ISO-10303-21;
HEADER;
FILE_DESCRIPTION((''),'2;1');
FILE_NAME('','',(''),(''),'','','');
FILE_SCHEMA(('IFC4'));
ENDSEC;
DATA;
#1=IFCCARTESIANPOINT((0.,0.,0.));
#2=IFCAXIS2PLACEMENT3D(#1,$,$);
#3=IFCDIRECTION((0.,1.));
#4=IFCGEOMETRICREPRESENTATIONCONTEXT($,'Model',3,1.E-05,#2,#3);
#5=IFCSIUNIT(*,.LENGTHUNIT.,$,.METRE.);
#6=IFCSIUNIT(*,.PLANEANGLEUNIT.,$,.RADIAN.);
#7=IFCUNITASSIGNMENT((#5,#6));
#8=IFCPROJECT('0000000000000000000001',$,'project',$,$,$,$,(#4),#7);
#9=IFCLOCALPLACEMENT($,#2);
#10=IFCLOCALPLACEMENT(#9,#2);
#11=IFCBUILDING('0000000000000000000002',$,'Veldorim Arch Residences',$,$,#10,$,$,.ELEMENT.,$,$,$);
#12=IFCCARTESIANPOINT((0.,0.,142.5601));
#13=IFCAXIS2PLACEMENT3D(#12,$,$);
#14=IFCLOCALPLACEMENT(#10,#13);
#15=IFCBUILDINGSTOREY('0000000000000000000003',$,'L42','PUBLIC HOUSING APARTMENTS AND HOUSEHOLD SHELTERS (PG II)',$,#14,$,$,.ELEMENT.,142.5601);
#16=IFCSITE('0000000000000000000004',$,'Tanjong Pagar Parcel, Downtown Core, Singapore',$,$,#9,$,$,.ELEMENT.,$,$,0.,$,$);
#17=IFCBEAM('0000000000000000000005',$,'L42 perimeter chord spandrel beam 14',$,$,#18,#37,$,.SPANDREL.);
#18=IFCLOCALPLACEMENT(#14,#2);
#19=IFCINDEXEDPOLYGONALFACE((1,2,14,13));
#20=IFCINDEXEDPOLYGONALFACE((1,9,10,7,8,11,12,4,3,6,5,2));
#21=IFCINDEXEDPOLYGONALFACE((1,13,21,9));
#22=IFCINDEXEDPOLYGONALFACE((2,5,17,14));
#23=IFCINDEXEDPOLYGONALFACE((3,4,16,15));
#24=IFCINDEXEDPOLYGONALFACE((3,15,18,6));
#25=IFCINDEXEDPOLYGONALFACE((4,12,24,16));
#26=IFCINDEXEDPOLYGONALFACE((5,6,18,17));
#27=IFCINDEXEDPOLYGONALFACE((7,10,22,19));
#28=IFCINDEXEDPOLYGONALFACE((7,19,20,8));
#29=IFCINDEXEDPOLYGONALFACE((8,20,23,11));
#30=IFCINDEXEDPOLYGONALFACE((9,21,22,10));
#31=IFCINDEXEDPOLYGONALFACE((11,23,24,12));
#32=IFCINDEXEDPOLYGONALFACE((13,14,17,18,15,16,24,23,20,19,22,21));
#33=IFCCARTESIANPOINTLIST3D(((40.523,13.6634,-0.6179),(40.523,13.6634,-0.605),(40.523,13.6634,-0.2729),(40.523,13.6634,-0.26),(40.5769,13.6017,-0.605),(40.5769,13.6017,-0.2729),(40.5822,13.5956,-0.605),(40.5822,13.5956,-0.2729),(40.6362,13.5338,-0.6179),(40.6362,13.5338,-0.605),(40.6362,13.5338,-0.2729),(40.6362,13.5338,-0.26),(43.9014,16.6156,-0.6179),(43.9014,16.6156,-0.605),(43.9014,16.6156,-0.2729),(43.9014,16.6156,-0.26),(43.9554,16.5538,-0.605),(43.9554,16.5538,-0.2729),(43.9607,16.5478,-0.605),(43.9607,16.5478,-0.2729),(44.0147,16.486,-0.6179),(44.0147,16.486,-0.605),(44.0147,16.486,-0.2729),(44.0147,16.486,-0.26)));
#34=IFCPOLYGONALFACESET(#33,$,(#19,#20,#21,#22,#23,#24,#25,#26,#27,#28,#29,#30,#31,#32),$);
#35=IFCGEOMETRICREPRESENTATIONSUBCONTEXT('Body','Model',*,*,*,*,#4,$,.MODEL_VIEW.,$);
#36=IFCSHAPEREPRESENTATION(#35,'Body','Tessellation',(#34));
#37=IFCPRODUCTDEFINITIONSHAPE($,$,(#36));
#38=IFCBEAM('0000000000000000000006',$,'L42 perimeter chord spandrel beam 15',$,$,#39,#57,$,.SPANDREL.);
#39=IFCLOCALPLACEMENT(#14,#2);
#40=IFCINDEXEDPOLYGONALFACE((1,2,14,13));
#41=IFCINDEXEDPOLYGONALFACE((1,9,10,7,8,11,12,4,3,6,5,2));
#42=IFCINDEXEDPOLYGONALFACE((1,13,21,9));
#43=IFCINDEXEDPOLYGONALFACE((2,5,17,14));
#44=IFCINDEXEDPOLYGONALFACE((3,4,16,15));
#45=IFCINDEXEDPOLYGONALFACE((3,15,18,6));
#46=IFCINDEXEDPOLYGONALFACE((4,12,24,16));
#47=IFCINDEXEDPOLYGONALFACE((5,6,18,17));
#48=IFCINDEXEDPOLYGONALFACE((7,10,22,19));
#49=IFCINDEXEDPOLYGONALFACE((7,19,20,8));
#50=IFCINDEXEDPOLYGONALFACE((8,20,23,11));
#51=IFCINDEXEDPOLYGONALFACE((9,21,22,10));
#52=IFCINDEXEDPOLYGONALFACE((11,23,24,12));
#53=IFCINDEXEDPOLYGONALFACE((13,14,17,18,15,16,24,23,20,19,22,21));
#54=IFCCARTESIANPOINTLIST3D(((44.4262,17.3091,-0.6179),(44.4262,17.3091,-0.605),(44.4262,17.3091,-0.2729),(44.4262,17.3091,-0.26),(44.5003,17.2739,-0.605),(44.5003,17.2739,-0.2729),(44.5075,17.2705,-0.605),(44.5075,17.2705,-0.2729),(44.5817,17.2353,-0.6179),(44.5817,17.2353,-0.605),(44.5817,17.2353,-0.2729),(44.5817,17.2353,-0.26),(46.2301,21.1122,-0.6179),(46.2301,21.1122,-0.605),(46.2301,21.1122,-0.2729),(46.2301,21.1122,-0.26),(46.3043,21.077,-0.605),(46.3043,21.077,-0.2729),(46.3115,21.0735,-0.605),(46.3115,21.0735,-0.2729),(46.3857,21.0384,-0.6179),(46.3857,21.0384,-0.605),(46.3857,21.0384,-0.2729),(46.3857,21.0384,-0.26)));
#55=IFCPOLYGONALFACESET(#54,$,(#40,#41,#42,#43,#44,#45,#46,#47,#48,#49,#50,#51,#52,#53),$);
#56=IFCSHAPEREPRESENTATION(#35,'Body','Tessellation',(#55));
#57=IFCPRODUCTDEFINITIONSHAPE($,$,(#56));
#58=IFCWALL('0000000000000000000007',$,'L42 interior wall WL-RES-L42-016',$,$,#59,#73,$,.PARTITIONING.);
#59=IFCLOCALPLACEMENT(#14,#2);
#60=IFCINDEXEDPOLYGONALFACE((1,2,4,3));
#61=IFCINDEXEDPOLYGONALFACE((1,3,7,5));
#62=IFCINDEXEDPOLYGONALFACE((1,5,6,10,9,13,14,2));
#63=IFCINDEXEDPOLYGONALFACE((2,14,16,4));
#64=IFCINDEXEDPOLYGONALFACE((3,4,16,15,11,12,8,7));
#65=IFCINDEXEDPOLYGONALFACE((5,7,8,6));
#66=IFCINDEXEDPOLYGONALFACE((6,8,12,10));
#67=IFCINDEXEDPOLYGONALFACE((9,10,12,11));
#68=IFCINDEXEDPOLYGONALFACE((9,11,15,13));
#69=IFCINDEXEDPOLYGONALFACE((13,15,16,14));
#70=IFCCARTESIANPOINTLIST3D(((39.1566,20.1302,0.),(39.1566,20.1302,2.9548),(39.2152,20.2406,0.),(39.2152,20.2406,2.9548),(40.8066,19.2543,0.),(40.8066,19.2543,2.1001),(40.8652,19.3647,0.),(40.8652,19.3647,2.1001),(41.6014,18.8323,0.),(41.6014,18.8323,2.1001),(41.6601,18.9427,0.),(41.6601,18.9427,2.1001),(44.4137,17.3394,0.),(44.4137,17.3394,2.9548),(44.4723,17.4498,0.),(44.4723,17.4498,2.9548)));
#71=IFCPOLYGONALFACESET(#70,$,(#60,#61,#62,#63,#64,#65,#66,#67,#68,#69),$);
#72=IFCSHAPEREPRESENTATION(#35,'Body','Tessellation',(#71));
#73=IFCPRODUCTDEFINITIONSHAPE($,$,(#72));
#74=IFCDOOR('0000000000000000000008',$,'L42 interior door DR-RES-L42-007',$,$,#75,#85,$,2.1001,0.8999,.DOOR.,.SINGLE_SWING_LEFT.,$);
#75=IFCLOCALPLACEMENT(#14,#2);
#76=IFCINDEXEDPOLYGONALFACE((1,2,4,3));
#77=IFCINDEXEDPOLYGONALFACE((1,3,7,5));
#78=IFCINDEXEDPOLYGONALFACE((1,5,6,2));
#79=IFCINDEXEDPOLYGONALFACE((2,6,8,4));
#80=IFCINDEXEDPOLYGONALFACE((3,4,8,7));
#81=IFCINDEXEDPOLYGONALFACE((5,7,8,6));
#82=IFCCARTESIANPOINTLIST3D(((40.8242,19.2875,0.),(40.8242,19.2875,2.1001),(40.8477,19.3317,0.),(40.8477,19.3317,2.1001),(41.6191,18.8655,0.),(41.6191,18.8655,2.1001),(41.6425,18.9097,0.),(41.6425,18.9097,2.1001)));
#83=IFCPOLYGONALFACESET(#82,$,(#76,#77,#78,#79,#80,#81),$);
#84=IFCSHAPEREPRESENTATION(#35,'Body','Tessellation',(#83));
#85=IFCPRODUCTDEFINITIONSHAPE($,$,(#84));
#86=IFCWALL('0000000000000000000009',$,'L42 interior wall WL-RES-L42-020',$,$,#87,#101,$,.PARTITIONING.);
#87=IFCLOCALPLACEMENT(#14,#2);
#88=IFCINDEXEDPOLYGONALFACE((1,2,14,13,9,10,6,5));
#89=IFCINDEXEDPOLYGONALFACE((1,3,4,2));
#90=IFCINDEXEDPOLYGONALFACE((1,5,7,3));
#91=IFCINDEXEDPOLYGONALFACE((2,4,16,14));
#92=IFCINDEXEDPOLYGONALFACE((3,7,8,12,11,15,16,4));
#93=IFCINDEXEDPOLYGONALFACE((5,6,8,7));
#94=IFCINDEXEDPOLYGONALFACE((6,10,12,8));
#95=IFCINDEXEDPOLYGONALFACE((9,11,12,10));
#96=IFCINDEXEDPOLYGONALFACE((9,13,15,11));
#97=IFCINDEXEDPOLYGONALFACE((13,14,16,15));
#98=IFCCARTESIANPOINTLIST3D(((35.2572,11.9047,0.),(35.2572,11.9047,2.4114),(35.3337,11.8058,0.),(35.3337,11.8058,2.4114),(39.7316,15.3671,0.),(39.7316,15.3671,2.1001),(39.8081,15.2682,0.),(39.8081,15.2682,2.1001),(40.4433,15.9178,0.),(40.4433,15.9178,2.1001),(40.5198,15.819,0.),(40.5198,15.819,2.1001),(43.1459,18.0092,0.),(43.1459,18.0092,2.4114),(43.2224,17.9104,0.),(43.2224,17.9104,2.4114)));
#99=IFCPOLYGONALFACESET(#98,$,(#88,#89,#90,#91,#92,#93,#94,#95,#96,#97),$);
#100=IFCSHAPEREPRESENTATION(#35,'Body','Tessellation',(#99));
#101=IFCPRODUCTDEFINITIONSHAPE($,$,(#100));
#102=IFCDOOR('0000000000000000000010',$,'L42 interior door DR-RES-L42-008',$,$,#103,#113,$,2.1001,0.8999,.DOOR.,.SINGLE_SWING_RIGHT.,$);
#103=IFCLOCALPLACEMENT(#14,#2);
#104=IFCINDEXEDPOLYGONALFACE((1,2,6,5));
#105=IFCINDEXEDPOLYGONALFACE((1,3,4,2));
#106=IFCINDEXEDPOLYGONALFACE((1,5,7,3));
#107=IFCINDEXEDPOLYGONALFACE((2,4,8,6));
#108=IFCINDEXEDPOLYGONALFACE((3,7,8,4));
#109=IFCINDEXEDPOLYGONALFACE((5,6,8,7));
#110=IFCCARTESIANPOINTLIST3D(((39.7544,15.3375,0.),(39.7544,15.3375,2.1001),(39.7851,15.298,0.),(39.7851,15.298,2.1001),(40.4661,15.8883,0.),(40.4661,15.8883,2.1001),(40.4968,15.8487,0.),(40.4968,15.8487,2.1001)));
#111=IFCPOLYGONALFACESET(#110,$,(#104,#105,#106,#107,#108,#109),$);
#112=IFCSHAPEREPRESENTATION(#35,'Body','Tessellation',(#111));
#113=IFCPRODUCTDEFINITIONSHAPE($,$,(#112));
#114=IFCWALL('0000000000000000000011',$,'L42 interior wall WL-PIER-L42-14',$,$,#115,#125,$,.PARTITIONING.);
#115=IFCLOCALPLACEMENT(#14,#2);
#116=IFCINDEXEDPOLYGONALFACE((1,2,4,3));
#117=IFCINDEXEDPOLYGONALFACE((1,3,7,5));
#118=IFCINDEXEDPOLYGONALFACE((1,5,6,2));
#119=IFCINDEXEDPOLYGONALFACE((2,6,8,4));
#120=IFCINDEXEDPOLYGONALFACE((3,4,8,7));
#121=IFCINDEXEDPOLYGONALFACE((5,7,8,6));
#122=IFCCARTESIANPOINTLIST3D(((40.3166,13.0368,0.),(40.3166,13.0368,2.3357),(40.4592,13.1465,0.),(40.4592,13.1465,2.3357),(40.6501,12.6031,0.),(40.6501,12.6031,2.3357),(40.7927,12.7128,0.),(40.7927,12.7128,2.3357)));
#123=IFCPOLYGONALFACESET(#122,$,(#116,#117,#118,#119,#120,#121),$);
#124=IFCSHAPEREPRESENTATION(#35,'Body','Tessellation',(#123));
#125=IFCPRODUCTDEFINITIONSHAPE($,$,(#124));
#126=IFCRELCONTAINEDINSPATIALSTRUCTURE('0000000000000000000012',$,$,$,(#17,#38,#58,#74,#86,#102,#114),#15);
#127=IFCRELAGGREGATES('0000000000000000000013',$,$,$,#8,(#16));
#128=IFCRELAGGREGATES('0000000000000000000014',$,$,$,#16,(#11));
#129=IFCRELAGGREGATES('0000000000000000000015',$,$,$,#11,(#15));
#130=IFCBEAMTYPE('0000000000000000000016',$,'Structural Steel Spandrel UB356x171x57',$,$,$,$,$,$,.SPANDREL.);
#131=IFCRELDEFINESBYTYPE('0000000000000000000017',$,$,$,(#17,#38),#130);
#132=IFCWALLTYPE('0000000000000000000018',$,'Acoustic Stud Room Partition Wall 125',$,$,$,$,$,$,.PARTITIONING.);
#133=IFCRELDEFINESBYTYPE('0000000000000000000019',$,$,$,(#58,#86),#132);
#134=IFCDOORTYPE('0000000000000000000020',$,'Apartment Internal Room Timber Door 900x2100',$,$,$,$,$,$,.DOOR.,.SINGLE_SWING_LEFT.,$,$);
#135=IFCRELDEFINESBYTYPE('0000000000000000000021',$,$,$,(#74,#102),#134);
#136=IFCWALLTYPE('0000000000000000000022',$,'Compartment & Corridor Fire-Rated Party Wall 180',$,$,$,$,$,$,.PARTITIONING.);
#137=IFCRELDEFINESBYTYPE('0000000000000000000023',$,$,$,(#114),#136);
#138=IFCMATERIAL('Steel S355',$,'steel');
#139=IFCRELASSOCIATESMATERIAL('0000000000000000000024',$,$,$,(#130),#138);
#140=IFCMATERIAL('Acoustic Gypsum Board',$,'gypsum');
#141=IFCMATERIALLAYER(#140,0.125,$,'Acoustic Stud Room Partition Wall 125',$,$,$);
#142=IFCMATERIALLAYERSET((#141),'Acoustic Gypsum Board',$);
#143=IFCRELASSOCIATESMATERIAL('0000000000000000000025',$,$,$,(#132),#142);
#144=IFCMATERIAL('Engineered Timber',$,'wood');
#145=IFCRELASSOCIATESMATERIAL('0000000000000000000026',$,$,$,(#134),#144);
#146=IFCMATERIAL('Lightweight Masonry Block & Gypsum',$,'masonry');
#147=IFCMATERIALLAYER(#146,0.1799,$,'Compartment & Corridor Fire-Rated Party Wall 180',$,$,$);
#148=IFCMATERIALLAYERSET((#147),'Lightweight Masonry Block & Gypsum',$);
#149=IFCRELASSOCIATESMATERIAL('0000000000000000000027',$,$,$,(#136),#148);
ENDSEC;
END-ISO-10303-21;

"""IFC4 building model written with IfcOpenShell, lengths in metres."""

from ifc_helpers import new_model, si_unit, direction, frame, frame_2d, origin, origin_2d, place, context, subcontext, project, spatial, rectangle, i_section, extrude, material, layer, layer_set, material_profile, profile_set, type_object, element, fill, save


model = new_model("IFC4")

# Units and contexts
model_context = context("Model", 3, precision=1e-05, world=origin(), true_north=direction((0.0, 1.0)))
body_context = subcontext(model_context, "Body", "Model", "MODEL_VIEW")
ifc_project = project(units=[si_unit("LENGTHUNIT", "METRE"), si_unit("PLANEANGLEUNIT", "RADIAN")], contexts=[model_context])

# Site, building, storey
site_placement = place(None, origin())
site = spatial("IfcSite", under=ifc_project, at=site_placement, Name="Tanjong Pagar Parcel, Downtown Core, Singapore", CompositionType="ELEMENT", RefElevation=0.0)
building_placement = place(site_placement, origin())
building = spatial("IfcBuilding", under=site, at=building_placement, Name="Veldorim Arch Residences", CompositionType="ELEMENT")
storey_placement = place(building_placement, frame((0.0, 0.0, 142.5601)))
storey = spatial("IfcBuildingStorey", under=building, at=storey_placement, Name="L42", Description="PUBLIC HOUSING APARTMENTS AND HOUSEHOLD SHELTERS (PG II)", CompositionType="ELEMENT", Elevation=142.5601)

# Beams
ifc_material_1 = material(Name="Steel S355", Category="steel")
ifc_material_profile_1 = material_profile(ifc_material_1, i_section(OverallWidth=0.1721, OverallDepth=0.3579, WebThickness=0.0081, FlangeThickness=0.0129, at=origin_2d()), Name="UB356x171x57")
ifc_profile_set_1 = profile_set([ifc_material_profile_1], Name="Steel S355")
beam_type_1 = type_object("IfcBeamType", Name="Structural Steel Spandrel UB356x171x57", PredefinedType="SPANDREL", material=ifc_profile_set_1)
beam_1_placement = place(storey_placement, frame((40.5796, 13.5986, -0.439), z_axis=(0.753015, 0.658004, 0.0), x_axis=(-0.658004, 0.753015, 0.0)))
element("IfcBeam", 1, at=beam_1_placement, inside=storey, type_object=beam_type_1, Name="L42 perimeter chord spandrel beam 14", PredefinedType="SPANDREL", context=body_context, shape_type="SweptSolid", body=[
    extrude(i_section(OverallWidth=0.1721, OverallDepth=0.3579, WebThickness=0.0081, FlangeThickness=0.0129, at=origin_2d()), origin(), (0.0, 0.0, 1.0), 4.4866),
])
beam_2_placement = place(storey_placement, frame((44.5039, 17.2722, -0.439), z_axis=(0.42858, 0.903504, 0.0), x_axis=(-0.903504, 0.42858, 0.0)))
element("IfcBeam", 2, at=beam_2_placement, inside=storey, type_object=beam_type_1, Name="L42 perimeter chord spandrel beam 15", PredefinedType="SPANDREL", context=body_context, shape_type="SweptSolid", body=[
    extrude(i_section(OverallWidth=0.1721, OverallDepth=0.3579, WebThickness=0.0081, FlangeThickness=0.0129, at=origin_2d()), origin(), (0.0, 0.0, 1.0), 4.2092),
])

# Walls, openings, doors
ifc_material_2 = material(Name="Acoustic Gypsum Board", Category="gypsum")
ifc_layer_1 = layer(ifc_material_2, 0.125, Name="Acoustic Stud Room Partition Wall 125")
ifc_layer_set_1 = layer_set([ifc_layer_1], Name="Acoustic Gypsum Board")
wall_type_1 = type_object("IfcWallType", Name="Acoustic Stud Room Partition Wall 125", PredefinedType="PARTITIONING", material=ifc_layer_set_1)
wall_1_placement = place(storey_placement, frame((44.4431, 17.3945, 0.0), z_axis=(0.0, 0.0, 1.0), x_axis=(-0.883259, 0.468886, 0.0)))
wall_1 = element("IfcWall", 3, at=wall_1_placement, inside=storey, type_object=wall_type_1, Name="L42 interior wall WL-RES-L42-016", PredefinedType="PARTITIONING", context=body_context, shape_type="SweptSolid", body=[
    extrude(rectangle(XDim=5.9519, YDim=0.125, at=frame_2d((2.9761, 0.0))), origin(), (0.0, 0.0, 1.0), 2.9548),
])
opening_1_placement = place(wall_1_placement, frame((3.1841, 0.0, 0.0)))
opening_1 = element("IfcOpeningElement", 4, at=opening_1_placement, cuts=wall_1, PredefinedType="OPENING", context=body_context, shape_type="SweptSolid", body=[
    extrude(rectangle(XDim=0.8999, YDim=2.1001, at=frame_2d((0.45, 1.05))), frame((0.0, 0.0725, 0.0), z_axis=(0.0, -1.0, 0.0), x_axis=(1.0, 0.0, 0.0)), (0.0, 0.0, 1.0), 0.145),
])
ifc_material_3 = material(Name="Engineered Timber", Category="wood")
door_type_1 = type_object("IfcDoorType", Name="Apartment Internal Room Timber Door 900x2100", OperationType="SINGLE_SWING_LEFT", PredefinedType="DOOR", material=ifc_material_3)
door_1_placement = place(opening_1_placement, origin())
door_1 = element("IfcDoor", 5, at=door_1_placement, inside=storey, type_object=door_type_1, Name="L42 interior door DR-RES-L42-007", OperationType="SINGLE_SWING_LEFT", OverallHeight=2.1001, OverallWidth=0.8999, PredefinedType="DOOR", context=body_context, shape_type="SweptSolid", body=[
    extrude(rectangle(XDim=0.8999, YDim=2.1001, at=frame_2d((0.45, 1.05))), frame((0.0, 0.0249, 0.0), z_axis=(0.0, -1.0, 0.0), x_axis=(1.0, 0.0, 0.0)), (0.0, 0.0, 1.0), 0.05),
])
fill(opening_1, door_1)
wall_2_placement = place(storey_placement, frame((43.1841, 17.9597, 0.0), z_axis=(0.0, 0.0, 1.0), x_axis=(-0.790863, -0.611993, 0.0)))
wall_2 = element("IfcWall", 6, at=wall_2_placement, inside=storey, type_object=wall_type_1, Name="L42 interior wall WL-RES-L42-020", PredefinedType="PARTITIONING", context=body_context, shape_type="SweptSolid", body=[
    extrude(rectangle(XDim=9.9749, YDim=0.125, at=frame_2d((4.9873, 0.0))), origin(), (0.0, 0.0, 1.0), 2.4114),
])
opening_2_placement = place(wall_2_placement, frame((3.4172, 0.0, 0.0)))
opening_2 = element("IfcOpeningElement", 7, at=opening_2_placement, cuts=wall_2, PredefinedType="OPENING", context=body_context, shape_type="SweptSolid", body=[
    extrude(rectangle(XDim=0.8999, YDim=2.1001, at=frame_2d((0.45, 1.05))), frame((0.0, 0.0725, 0.0), z_axis=(0.0, -1.0, 0.0), x_axis=(1.0, 0.0, 0.0)), (0.0, 0.0, 1.0), 0.145),
])
door_2_placement = place(opening_2_placement, origin())
door_2 = element("IfcDoor", 8, at=door_2_placement, inside=storey, type_object=door_type_1, Name="L42 interior door DR-RES-L42-008", OperationType="SINGLE_SWING_RIGHT", OverallHeight=2.1001, OverallWidth=0.8999, PredefinedType="DOOR", context=body_context, shape_type="SweptSolid", body=[
    extrude(rectangle(XDim=0.8999, YDim=2.1001, at=frame_2d((0.45, 1.05))), frame((0.0, 0.0249, 0.0), z_axis=(0.0, -1.0, 0.0), x_axis=(1.0, 0.0, 0.0)), (0.0, 0.0, 1.0), 0.05),
])
fill(opening_2, door_2)

# Wall
ifc_material_4 = material(Name="Lightweight Masonry Block & Gypsum", Category="masonry")
ifc_layer_2 = layer(ifc_material_4, 0.1799, Name="Compartment & Corridor Fire-Rated Party Wall 180")
ifc_layer_set_2 = layer_set([ifc_layer_2], Name="Lightweight Masonry Block & Gypsum")
wall_type_2 = type_object("IfcWallType", Name="Compartment & Corridor Fire-Rated Party Wall 180", PredefinedType="PARTITIONING", material=ifc_layer_set_2)
wall_3_placement = place(storey_placement, frame((40.3879, 13.0916, 0.0), z_axis=(0.0, 0.0, 1.0), x_axis=(0.609668, -0.792657, 0.0)))
element("IfcWall", 9, at=wall_3_placement, inside=storey, type_object=wall_type_2, Name="L42 interior wall WL-PIER-L42-14", PredefinedType="PARTITIONING", context=body_context, shape_type="SweptSolid", body=[
    extrude(rectangle(XDim=0.5471, YDim=0.1799, at=frame_2d((0.2734, 0.0))), origin(), (0.0, 0.0, 1.0), 2.3357),
])

save(model, "model.ifc")
